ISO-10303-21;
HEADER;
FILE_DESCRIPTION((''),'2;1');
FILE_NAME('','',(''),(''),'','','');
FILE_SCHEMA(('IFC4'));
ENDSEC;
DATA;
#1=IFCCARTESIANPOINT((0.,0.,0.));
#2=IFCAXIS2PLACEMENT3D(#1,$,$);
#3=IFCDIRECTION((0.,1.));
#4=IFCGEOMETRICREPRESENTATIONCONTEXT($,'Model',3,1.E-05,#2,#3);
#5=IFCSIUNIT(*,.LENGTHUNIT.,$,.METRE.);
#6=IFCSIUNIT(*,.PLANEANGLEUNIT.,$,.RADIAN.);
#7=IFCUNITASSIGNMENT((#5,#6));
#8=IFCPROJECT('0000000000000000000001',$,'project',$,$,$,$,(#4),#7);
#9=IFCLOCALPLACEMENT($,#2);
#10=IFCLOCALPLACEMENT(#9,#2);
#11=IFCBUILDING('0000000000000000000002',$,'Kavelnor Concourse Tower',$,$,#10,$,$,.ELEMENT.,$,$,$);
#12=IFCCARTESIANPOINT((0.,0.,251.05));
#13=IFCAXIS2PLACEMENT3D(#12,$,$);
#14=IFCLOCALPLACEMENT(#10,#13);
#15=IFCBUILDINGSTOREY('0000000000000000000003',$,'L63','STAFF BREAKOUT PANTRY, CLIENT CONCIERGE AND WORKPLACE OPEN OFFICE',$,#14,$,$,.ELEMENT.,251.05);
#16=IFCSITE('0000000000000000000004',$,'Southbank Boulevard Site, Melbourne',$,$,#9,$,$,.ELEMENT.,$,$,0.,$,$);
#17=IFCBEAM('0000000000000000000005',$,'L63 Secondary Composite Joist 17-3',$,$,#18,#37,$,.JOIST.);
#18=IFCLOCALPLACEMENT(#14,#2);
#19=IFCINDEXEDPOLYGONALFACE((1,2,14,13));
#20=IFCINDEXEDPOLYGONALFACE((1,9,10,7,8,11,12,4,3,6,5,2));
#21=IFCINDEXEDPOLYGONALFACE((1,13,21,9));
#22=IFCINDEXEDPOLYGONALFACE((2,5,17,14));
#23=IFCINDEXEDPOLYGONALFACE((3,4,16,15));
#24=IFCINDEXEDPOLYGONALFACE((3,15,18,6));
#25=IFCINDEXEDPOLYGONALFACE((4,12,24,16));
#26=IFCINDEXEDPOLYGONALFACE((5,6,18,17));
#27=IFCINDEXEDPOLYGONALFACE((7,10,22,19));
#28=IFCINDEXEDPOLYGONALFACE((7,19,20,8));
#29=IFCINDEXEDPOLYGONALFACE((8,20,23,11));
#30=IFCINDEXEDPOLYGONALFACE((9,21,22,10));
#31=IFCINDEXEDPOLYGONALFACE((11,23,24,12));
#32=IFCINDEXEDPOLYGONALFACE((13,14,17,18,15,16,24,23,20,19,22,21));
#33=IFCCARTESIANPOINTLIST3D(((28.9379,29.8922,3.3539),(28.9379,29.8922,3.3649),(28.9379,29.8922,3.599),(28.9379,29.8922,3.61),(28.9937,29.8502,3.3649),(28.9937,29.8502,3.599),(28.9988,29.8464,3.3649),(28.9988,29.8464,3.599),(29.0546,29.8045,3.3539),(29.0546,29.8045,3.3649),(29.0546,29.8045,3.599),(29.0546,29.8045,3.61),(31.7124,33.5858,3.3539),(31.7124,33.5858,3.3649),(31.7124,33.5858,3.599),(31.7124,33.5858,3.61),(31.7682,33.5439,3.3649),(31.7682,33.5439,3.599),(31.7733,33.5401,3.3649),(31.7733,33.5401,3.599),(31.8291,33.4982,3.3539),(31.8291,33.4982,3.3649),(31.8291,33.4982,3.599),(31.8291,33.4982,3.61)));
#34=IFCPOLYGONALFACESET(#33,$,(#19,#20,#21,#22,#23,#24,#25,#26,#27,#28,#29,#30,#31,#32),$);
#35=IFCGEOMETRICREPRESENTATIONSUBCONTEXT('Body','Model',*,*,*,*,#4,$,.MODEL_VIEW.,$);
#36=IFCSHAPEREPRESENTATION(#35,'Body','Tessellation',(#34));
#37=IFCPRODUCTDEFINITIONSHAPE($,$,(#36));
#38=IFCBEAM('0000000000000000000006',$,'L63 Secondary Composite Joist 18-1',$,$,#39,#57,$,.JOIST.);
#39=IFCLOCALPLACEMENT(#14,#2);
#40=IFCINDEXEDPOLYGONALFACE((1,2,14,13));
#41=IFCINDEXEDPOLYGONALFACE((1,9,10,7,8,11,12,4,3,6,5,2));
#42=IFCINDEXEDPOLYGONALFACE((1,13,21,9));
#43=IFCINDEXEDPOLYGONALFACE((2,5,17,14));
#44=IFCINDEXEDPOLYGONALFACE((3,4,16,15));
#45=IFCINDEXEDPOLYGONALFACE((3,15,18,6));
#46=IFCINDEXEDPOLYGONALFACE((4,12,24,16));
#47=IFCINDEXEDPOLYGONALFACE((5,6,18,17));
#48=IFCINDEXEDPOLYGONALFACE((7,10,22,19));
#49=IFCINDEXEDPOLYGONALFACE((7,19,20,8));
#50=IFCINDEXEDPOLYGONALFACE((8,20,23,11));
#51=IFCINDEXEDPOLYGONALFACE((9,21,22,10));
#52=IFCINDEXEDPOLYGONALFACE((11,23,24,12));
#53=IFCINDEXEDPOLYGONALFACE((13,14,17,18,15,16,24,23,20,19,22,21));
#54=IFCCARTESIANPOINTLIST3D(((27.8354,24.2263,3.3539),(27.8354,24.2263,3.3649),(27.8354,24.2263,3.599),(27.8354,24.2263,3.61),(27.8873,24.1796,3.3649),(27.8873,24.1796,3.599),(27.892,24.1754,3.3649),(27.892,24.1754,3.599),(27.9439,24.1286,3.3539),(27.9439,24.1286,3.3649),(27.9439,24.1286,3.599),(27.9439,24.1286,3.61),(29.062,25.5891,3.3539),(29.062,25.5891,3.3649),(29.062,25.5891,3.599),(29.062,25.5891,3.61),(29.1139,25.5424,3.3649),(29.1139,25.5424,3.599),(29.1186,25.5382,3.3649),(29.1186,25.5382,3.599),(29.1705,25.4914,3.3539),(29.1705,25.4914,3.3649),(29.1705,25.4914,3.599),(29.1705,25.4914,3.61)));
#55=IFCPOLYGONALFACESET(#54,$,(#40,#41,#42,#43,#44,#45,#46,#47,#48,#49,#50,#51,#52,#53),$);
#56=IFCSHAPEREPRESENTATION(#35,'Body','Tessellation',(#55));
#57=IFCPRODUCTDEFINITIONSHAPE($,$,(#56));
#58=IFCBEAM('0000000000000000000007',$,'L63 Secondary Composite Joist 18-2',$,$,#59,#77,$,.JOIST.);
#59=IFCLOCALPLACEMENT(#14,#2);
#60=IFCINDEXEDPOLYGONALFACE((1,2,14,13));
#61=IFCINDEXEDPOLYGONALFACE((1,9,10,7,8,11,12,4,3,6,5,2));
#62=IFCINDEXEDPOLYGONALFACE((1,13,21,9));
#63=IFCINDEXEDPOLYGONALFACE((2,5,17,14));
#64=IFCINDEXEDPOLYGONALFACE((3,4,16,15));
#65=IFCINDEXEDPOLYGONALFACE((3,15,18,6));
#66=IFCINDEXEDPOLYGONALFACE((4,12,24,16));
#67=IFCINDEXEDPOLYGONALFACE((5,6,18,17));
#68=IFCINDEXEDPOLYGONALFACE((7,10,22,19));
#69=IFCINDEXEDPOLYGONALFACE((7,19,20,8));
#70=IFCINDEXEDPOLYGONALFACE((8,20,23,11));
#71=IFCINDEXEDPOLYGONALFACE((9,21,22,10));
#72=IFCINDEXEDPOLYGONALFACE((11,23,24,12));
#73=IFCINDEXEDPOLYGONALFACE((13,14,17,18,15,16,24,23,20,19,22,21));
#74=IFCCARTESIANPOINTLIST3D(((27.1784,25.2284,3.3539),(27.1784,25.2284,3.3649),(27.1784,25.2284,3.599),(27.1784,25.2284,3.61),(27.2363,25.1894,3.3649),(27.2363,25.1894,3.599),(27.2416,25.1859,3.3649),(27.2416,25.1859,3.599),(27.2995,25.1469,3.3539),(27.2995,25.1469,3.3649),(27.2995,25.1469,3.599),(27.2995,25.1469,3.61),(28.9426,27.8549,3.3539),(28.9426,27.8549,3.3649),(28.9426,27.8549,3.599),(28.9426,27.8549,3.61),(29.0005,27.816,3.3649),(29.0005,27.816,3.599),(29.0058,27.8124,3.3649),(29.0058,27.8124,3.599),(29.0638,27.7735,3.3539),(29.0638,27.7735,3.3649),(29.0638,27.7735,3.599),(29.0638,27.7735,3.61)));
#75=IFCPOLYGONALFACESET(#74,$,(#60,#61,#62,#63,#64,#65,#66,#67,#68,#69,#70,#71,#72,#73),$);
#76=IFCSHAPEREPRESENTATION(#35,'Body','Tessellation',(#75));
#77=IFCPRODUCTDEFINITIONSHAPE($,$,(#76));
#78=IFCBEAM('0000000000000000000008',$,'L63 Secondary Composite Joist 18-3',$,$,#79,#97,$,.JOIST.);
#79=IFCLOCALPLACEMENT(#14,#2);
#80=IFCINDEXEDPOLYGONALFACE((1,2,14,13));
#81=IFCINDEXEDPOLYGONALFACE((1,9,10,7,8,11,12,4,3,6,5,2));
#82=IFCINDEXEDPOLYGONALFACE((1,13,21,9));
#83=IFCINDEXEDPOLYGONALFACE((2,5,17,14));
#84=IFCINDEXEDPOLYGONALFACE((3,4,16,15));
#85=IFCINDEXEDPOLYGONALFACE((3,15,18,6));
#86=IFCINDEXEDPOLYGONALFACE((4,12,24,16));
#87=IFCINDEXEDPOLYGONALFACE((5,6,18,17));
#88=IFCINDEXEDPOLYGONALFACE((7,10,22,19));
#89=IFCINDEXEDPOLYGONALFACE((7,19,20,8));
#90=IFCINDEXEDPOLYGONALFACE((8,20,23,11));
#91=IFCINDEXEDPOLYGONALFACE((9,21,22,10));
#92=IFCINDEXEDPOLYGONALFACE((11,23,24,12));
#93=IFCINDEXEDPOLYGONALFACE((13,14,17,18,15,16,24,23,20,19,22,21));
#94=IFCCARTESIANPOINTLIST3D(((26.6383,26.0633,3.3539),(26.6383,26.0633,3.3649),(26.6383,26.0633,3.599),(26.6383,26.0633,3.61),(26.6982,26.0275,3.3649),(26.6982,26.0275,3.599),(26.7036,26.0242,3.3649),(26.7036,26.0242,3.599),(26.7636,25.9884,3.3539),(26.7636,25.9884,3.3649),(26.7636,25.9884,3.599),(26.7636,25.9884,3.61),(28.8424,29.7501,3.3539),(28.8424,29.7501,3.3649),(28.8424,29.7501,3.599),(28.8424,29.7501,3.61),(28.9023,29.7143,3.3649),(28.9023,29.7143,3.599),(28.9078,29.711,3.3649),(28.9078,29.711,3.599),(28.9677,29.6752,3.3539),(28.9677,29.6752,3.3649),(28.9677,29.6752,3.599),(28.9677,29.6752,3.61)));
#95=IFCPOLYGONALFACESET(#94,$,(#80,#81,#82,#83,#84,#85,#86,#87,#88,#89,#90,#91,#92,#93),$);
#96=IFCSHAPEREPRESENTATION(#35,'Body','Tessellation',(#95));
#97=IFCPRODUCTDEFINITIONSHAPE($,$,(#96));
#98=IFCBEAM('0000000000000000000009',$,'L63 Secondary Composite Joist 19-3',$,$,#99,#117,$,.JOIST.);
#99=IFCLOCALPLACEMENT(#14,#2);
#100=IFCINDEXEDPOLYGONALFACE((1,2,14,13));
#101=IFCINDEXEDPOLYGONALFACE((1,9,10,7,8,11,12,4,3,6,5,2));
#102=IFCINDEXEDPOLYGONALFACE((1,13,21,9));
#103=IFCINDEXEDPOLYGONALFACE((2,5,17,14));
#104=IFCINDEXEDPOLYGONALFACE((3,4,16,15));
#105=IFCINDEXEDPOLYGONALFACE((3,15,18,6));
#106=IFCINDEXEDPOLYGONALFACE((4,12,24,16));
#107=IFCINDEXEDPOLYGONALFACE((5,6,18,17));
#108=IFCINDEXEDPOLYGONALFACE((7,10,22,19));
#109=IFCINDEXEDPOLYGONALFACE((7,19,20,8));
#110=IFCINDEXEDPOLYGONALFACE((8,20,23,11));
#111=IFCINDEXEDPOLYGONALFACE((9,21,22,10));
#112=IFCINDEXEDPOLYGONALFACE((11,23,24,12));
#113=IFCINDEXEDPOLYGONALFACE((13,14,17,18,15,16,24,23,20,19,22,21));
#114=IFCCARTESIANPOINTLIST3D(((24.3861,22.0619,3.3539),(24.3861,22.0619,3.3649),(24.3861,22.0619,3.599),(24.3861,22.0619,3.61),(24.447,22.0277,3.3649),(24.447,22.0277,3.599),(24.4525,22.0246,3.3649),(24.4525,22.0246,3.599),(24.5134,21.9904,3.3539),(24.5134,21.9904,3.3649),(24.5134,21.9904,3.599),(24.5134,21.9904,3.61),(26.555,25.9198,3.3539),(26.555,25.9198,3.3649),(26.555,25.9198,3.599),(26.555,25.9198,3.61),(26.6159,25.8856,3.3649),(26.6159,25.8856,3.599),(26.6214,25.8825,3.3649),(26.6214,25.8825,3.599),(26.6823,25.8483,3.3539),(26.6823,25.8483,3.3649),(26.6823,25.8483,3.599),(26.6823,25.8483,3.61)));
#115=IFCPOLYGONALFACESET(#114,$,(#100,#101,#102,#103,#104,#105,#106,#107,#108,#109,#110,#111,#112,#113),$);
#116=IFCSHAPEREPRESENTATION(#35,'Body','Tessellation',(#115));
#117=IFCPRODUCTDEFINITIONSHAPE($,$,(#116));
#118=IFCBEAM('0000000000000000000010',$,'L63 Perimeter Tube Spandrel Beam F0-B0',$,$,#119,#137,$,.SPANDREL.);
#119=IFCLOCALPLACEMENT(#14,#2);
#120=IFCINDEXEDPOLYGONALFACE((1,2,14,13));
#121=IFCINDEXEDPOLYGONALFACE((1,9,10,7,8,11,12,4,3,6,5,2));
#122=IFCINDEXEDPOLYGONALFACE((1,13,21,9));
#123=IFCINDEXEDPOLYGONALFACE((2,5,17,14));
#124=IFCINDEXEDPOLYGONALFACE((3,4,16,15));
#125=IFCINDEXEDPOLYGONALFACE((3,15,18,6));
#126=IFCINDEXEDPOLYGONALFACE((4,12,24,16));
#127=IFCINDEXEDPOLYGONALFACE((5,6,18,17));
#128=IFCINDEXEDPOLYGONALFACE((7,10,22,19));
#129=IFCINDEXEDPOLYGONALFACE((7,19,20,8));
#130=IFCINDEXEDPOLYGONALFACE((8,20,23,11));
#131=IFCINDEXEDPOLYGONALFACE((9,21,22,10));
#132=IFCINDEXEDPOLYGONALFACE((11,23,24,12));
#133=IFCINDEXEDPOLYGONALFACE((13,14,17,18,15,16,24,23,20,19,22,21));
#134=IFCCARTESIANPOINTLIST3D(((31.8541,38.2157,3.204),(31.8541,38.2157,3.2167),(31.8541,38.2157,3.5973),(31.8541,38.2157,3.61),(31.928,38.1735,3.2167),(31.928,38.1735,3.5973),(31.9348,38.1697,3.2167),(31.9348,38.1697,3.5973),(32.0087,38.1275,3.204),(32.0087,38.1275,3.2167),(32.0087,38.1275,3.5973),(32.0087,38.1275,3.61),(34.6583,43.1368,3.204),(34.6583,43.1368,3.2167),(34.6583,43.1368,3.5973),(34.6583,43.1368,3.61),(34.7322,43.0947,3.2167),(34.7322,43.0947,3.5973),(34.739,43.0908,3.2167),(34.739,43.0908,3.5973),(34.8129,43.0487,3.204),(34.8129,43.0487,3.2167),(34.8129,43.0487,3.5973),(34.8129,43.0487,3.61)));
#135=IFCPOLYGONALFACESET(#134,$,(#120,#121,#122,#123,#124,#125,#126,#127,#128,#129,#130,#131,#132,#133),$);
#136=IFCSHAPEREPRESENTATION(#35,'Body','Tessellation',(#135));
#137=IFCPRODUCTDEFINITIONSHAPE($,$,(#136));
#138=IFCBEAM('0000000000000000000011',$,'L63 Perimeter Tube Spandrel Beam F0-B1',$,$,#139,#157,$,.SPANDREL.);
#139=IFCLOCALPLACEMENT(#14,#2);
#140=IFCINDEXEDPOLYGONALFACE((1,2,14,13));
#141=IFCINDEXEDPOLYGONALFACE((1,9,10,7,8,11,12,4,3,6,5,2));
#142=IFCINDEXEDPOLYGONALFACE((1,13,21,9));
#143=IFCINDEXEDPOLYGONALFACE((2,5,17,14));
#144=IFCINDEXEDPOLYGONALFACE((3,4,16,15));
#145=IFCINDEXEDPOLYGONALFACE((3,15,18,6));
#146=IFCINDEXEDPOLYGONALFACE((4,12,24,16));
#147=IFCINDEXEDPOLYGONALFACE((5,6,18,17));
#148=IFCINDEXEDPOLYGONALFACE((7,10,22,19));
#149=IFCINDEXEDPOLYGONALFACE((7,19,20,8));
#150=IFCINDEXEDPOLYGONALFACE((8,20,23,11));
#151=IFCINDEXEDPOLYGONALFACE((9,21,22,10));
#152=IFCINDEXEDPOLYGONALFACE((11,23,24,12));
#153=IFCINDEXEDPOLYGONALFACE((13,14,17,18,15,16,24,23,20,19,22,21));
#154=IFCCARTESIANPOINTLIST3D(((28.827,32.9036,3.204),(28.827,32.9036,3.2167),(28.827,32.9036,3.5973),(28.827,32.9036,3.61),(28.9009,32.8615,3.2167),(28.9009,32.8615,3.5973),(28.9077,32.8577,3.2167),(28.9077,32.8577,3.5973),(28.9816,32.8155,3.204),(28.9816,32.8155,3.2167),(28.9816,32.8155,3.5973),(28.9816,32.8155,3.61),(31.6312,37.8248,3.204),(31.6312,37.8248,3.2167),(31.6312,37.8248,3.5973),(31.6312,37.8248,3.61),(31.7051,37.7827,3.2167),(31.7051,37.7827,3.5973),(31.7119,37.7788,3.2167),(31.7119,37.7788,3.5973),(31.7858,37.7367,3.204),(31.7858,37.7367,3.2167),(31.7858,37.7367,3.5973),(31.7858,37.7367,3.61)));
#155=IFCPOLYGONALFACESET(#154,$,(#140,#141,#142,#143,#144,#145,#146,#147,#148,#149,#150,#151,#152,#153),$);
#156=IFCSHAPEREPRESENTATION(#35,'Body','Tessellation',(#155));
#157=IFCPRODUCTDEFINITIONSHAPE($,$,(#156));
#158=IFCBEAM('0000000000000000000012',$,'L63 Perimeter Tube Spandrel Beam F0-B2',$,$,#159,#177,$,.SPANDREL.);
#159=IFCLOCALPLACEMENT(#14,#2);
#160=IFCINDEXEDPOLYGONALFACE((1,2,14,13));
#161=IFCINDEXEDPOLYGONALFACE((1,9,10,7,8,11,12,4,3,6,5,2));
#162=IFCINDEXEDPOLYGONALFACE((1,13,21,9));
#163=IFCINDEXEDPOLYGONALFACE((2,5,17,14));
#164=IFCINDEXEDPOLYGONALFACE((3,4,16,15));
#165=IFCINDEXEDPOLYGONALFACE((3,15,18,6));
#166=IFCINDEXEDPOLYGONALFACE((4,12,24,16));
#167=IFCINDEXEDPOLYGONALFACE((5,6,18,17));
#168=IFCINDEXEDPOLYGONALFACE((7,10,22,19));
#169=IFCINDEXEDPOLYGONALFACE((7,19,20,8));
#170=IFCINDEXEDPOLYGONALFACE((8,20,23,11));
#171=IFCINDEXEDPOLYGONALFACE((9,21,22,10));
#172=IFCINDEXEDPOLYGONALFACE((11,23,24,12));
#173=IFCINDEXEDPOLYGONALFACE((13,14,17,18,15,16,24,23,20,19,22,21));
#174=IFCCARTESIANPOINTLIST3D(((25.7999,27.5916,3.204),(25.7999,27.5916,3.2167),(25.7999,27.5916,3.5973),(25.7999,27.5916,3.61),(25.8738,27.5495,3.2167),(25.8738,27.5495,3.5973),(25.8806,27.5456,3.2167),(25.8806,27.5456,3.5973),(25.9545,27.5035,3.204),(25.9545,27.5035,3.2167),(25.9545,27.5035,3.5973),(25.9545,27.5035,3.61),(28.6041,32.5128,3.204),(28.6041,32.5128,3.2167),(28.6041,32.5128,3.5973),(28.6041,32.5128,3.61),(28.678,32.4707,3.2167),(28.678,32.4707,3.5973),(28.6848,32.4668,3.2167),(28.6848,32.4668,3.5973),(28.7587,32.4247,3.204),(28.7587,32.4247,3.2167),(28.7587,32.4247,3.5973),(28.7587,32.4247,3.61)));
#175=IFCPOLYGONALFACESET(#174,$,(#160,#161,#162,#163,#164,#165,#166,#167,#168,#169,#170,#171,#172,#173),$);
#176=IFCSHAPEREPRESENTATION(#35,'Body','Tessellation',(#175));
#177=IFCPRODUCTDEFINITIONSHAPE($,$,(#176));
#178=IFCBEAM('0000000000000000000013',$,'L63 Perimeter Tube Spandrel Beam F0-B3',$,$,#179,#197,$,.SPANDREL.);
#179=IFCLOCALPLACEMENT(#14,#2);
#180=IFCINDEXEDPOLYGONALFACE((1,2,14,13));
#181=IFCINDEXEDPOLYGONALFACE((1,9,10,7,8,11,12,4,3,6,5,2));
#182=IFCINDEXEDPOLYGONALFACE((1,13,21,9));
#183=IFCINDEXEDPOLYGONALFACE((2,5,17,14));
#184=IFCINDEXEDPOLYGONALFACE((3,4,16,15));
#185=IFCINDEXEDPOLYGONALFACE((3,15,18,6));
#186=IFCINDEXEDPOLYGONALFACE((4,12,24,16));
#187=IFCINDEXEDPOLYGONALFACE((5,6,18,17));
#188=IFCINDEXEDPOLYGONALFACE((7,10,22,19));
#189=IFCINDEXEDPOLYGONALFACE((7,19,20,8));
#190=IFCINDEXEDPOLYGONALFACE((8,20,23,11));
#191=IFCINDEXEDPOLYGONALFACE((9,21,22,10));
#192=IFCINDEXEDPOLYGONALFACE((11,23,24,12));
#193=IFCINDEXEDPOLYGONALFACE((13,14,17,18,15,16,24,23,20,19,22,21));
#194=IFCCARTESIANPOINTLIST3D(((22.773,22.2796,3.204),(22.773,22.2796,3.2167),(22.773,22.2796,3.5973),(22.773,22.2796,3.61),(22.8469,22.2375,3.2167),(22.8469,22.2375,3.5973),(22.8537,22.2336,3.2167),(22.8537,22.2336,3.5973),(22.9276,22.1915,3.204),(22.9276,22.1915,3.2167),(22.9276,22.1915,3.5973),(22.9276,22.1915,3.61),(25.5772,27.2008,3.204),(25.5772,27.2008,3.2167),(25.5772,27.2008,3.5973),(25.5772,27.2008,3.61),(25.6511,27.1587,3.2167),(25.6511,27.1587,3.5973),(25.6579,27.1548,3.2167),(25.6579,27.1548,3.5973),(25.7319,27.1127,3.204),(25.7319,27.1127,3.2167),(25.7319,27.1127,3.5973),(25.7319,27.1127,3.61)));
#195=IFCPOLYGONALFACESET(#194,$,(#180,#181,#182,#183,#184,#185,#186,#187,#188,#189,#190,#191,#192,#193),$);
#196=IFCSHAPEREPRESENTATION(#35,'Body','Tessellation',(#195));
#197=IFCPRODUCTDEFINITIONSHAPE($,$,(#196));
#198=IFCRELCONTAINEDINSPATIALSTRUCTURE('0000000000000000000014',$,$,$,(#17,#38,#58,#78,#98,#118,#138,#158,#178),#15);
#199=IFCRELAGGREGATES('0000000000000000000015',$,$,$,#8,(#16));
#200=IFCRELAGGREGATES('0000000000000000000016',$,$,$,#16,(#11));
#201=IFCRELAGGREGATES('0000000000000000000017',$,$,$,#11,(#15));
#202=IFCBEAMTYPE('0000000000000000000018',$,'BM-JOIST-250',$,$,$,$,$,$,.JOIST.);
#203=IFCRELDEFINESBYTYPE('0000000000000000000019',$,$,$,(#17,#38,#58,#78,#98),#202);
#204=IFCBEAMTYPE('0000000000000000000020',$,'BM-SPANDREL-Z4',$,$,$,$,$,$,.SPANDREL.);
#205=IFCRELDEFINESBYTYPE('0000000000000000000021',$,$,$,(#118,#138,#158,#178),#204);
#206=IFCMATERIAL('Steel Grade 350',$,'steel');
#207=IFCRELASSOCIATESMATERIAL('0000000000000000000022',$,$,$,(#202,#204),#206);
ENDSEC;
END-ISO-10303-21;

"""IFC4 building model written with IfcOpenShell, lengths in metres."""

from ifc_helpers import new_model, si_unit, direction, frame, origin, origin_2d, place, context, subcontext, project, spatial, i_section, extrude, material, material_profile, profile_set, type_object, element, save


model = new_model("IFC4")

# Units and contexts
model_context = context("Model", 3, precision=1e-05, world=origin(), true_north=direction((0.0, 1.0)))
body_context = subcontext(model_context, "Body", "Model", "MODEL_VIEW")
ifc_project = project(units=[si_unit("LENGTHUNIT", "METRE"), si_unit("PLANEANGLEUNIT", "RADIAN")], contexts=[model_context])

# Site, building, storey
site_placement = place(None, origin())
site = spatial("IfcSite", under=ifc_project, at=site_placement, Name="Southbank Boulevard Site, Melbourne", CompositionType="ELEMENT", RefElevation=0.0)
building_placement = place(site_placement, origin())
building = spatial("IfcBuilding", under=site, at=building_placement, Name="Kavelnor Concourse Tower", CompositionType="ELEMENT")
storey_placement = place(building_placement, frame((0.0, 0.0, 251.05)))
storey = spatial("IfcBuildingStorey", under=building, at=storey_placement, Name="L63", Description="STAFF BREAKOUT PANTRY, CLIENT CONCIERGE AND WORKPLACE OPEN OFFICE", CompositionType="ELEMENT", Elevation=251.05)

# Shared definitions
ifc_material_1 = material(Name="Steel Grade 350", Category="steel")

# Beams
ifc_material_profile_1 = material_profile(ifc_material_1, i_section(OverallWidth=0.146, OverallDepth=0.2561, WebThickness=0.0063, FlangeThickness=0.011, at=origin_2d()), Name="250UB37")
ifc_profile_set_1 = profile_set([ifc_material_profile_1], Name="Steel Grade 350")
beam_type_1 = type_object("IfcBeamType", Name="BM-JOIST-250", PredefinedType="JOIST", material=ifc_profile_set_1)
beam_1_placement = place(storey_placement, frame((31.7708, 33.542, 3.4819), z_axis=(-0.600583, -0.799562, 0.0), x_axis=(0.799562, -0.600583, 0.0)))
element("IfcBeam", 1, at=beam_1_placement, inside=storey, type_object=beam_type_1, Name="L63 Secondary Composite Joist 17-3", PredefinedType="JOIST", context=body_context, shape_type="SweptSolid", body=[
    extrude(i_section(OverallWidth=0.146, OverallDepth=0.2561, WebThickness=0.0063, FlangeThickness=0.011, at=origin_2d()), origin(), (0.0, 0.0, 1.0), 4.6196),
])
beam_2_placement = place(storey_placement, frame((29.1162, 25.5403, 3.4819), z_axis=(-0.668979, -0.743281, 0.0), x_axis=(0.743281, -0.668979, 0.0)))
element("IfcBeam", 2, at=beam_2_placement, inside=storey, type_object=beam_type_1, Name="L63 Secondary Composite Joist 18-1", PredefinedType="JOIST", context=body_context, shape_type="SweptSolid", body=[
    extrude(i_section(OverallWidth=0.146, OverallDepth=0.2561, WebThickness=0.0063, FlangeThickness=0.011, at=origin_2d()), origin(), (0.0, 0.0, 1.0), 1.8335),
])
beam_3_placement = place(storey_placement, frame((29.0032, 27.8142, 3.4819), z_axis=(-0.557582, -0.830122, 0.0), x_axis=(0.830122, -0.557582, 0.0)))
element("IfcBeam", 3, at=beam_3_placement, inside=storey, type_object=beam_type_1, Name="L63 Secondary Composite Joist 18-2", PredefinedType="JOIST", context=body_context, shape_type="SweptSolid", body=[
    extrude(i_section(OverallWidth=0.146, OverallDepth=0.2561, WebThickness=0.0063, FlangeThickness=0.011, at=origin_2d()), origin(), (0.0, 0.0, 1.0), 3.1641),
])
beam_4_placement = place(storey_placement, frame((28.905, 29.7126, 3.4819), z_axis=(-0.513133, -0.858309, 0.0), x_axis=(0.858309, -0.513133, 0.0)))
element("IfcBeam", 4, at=beam_4_placement, inside=storey, type_object=beam_type_1, Name="L63 Secondary Composite Joist 18-3", PredefinedType="JOIST", context=body_context, shape_type="SweptSolid", body=[
    extrude(i_section(OverallWidth=0.146, OverallDepth=0.2561, WebThickness=0.0063, FlangeThickness=0.011, at=origin_2d()), origin(), (0.0, 0.0, 1.0), 4.2954),
])
beam_5_placement = place(storey_placement, frame((26.6187, 25.884, 3.4819), z_axis=(-0.490067, -0.871685, 0.0), x_axis=(0.871685, -0.490067, 0.0)))
element("IfcBeam", 5, at=beam_5_placement, inside=storey, type_object=beam_type_1, Name="L63 Secondary Composite Joist 19-3", PredefinedType="JOIST", context=body_context, shape_type="SweptSolid", body=[
    extrude(i_section(OverallWidth=0.146, OverallDepth=0.2561, WebThickness=0.0063, FlangeThickness=0.011, at=origin_2d()), origin(), (0.0, 0.0, 1.0), 4.4258),
])
ifc_material_profile_2 = material_profile(ifc_material_1, i_section(OverallWidth=0.178, OverallDepth=0.406, WebThickness=0.0078, FlangeThickness=0.0127, at=origin_2d()), Name="410UB59")
ifc_profile_set_2 = profile_set([ifc_material_profile_2], Name="Steel Grade 350")
beam_type_2 = type_object("IfcBeamType", Name="BM-SPANDREL-Z4", PredefinedType="SPANDREL", material=ifc_profile_set_2)
for number, where, z_axis, x_axis, name in (
    (6, (34.7356, 43.0928, 3.407), (-0.495089, -0.868842, 0.0), (0.868842, -0.495089, 0.0), "L63 Perimeter Tube Spandrel Beam F0-B0"),
    (7, (31.7085, 37.7808, 3.407), (-0.495089, -0.868842, 0.0), (0.868842, -0.495089, 0.0), "L63 Perimeter Tube Spandrel Beam F0-B1"),
    (8, (28.6814, 32.4688, 3.407), (-0.495089, -0.868842, 0.0), (0.868842, -0.495089, 0.0), "L63 Perimeter Tube Spandrel Beam F0-B2"),
    (9, (25.6545, 27.1567, 3.407), (-0.495089, -0.868842, 0.0), (0.868842, -0.495089, 0.0), "L63 Perimeter Tube Spandrel Beam F0-B3"),
):
    element("IfcBeam", number, at=place(storey_placement, frame(where, z_axis=z_axis, x_axis=x_axis)), inside=storey, type_object=beam_type_2, Name=name, PredefinedType="SPANDREL", context=body_context, shape_type="SweptSolid", body=[
        extrude(i_section(OverallWidth=0.178, OverallDepth=0.406, WebThickness=0.0078, FlangeThickness=0.0127, at=origin_2d()), origin(), (0.0, 0.0, 1.0), 5.6641),
    ])

save(model, "model.ifc")
